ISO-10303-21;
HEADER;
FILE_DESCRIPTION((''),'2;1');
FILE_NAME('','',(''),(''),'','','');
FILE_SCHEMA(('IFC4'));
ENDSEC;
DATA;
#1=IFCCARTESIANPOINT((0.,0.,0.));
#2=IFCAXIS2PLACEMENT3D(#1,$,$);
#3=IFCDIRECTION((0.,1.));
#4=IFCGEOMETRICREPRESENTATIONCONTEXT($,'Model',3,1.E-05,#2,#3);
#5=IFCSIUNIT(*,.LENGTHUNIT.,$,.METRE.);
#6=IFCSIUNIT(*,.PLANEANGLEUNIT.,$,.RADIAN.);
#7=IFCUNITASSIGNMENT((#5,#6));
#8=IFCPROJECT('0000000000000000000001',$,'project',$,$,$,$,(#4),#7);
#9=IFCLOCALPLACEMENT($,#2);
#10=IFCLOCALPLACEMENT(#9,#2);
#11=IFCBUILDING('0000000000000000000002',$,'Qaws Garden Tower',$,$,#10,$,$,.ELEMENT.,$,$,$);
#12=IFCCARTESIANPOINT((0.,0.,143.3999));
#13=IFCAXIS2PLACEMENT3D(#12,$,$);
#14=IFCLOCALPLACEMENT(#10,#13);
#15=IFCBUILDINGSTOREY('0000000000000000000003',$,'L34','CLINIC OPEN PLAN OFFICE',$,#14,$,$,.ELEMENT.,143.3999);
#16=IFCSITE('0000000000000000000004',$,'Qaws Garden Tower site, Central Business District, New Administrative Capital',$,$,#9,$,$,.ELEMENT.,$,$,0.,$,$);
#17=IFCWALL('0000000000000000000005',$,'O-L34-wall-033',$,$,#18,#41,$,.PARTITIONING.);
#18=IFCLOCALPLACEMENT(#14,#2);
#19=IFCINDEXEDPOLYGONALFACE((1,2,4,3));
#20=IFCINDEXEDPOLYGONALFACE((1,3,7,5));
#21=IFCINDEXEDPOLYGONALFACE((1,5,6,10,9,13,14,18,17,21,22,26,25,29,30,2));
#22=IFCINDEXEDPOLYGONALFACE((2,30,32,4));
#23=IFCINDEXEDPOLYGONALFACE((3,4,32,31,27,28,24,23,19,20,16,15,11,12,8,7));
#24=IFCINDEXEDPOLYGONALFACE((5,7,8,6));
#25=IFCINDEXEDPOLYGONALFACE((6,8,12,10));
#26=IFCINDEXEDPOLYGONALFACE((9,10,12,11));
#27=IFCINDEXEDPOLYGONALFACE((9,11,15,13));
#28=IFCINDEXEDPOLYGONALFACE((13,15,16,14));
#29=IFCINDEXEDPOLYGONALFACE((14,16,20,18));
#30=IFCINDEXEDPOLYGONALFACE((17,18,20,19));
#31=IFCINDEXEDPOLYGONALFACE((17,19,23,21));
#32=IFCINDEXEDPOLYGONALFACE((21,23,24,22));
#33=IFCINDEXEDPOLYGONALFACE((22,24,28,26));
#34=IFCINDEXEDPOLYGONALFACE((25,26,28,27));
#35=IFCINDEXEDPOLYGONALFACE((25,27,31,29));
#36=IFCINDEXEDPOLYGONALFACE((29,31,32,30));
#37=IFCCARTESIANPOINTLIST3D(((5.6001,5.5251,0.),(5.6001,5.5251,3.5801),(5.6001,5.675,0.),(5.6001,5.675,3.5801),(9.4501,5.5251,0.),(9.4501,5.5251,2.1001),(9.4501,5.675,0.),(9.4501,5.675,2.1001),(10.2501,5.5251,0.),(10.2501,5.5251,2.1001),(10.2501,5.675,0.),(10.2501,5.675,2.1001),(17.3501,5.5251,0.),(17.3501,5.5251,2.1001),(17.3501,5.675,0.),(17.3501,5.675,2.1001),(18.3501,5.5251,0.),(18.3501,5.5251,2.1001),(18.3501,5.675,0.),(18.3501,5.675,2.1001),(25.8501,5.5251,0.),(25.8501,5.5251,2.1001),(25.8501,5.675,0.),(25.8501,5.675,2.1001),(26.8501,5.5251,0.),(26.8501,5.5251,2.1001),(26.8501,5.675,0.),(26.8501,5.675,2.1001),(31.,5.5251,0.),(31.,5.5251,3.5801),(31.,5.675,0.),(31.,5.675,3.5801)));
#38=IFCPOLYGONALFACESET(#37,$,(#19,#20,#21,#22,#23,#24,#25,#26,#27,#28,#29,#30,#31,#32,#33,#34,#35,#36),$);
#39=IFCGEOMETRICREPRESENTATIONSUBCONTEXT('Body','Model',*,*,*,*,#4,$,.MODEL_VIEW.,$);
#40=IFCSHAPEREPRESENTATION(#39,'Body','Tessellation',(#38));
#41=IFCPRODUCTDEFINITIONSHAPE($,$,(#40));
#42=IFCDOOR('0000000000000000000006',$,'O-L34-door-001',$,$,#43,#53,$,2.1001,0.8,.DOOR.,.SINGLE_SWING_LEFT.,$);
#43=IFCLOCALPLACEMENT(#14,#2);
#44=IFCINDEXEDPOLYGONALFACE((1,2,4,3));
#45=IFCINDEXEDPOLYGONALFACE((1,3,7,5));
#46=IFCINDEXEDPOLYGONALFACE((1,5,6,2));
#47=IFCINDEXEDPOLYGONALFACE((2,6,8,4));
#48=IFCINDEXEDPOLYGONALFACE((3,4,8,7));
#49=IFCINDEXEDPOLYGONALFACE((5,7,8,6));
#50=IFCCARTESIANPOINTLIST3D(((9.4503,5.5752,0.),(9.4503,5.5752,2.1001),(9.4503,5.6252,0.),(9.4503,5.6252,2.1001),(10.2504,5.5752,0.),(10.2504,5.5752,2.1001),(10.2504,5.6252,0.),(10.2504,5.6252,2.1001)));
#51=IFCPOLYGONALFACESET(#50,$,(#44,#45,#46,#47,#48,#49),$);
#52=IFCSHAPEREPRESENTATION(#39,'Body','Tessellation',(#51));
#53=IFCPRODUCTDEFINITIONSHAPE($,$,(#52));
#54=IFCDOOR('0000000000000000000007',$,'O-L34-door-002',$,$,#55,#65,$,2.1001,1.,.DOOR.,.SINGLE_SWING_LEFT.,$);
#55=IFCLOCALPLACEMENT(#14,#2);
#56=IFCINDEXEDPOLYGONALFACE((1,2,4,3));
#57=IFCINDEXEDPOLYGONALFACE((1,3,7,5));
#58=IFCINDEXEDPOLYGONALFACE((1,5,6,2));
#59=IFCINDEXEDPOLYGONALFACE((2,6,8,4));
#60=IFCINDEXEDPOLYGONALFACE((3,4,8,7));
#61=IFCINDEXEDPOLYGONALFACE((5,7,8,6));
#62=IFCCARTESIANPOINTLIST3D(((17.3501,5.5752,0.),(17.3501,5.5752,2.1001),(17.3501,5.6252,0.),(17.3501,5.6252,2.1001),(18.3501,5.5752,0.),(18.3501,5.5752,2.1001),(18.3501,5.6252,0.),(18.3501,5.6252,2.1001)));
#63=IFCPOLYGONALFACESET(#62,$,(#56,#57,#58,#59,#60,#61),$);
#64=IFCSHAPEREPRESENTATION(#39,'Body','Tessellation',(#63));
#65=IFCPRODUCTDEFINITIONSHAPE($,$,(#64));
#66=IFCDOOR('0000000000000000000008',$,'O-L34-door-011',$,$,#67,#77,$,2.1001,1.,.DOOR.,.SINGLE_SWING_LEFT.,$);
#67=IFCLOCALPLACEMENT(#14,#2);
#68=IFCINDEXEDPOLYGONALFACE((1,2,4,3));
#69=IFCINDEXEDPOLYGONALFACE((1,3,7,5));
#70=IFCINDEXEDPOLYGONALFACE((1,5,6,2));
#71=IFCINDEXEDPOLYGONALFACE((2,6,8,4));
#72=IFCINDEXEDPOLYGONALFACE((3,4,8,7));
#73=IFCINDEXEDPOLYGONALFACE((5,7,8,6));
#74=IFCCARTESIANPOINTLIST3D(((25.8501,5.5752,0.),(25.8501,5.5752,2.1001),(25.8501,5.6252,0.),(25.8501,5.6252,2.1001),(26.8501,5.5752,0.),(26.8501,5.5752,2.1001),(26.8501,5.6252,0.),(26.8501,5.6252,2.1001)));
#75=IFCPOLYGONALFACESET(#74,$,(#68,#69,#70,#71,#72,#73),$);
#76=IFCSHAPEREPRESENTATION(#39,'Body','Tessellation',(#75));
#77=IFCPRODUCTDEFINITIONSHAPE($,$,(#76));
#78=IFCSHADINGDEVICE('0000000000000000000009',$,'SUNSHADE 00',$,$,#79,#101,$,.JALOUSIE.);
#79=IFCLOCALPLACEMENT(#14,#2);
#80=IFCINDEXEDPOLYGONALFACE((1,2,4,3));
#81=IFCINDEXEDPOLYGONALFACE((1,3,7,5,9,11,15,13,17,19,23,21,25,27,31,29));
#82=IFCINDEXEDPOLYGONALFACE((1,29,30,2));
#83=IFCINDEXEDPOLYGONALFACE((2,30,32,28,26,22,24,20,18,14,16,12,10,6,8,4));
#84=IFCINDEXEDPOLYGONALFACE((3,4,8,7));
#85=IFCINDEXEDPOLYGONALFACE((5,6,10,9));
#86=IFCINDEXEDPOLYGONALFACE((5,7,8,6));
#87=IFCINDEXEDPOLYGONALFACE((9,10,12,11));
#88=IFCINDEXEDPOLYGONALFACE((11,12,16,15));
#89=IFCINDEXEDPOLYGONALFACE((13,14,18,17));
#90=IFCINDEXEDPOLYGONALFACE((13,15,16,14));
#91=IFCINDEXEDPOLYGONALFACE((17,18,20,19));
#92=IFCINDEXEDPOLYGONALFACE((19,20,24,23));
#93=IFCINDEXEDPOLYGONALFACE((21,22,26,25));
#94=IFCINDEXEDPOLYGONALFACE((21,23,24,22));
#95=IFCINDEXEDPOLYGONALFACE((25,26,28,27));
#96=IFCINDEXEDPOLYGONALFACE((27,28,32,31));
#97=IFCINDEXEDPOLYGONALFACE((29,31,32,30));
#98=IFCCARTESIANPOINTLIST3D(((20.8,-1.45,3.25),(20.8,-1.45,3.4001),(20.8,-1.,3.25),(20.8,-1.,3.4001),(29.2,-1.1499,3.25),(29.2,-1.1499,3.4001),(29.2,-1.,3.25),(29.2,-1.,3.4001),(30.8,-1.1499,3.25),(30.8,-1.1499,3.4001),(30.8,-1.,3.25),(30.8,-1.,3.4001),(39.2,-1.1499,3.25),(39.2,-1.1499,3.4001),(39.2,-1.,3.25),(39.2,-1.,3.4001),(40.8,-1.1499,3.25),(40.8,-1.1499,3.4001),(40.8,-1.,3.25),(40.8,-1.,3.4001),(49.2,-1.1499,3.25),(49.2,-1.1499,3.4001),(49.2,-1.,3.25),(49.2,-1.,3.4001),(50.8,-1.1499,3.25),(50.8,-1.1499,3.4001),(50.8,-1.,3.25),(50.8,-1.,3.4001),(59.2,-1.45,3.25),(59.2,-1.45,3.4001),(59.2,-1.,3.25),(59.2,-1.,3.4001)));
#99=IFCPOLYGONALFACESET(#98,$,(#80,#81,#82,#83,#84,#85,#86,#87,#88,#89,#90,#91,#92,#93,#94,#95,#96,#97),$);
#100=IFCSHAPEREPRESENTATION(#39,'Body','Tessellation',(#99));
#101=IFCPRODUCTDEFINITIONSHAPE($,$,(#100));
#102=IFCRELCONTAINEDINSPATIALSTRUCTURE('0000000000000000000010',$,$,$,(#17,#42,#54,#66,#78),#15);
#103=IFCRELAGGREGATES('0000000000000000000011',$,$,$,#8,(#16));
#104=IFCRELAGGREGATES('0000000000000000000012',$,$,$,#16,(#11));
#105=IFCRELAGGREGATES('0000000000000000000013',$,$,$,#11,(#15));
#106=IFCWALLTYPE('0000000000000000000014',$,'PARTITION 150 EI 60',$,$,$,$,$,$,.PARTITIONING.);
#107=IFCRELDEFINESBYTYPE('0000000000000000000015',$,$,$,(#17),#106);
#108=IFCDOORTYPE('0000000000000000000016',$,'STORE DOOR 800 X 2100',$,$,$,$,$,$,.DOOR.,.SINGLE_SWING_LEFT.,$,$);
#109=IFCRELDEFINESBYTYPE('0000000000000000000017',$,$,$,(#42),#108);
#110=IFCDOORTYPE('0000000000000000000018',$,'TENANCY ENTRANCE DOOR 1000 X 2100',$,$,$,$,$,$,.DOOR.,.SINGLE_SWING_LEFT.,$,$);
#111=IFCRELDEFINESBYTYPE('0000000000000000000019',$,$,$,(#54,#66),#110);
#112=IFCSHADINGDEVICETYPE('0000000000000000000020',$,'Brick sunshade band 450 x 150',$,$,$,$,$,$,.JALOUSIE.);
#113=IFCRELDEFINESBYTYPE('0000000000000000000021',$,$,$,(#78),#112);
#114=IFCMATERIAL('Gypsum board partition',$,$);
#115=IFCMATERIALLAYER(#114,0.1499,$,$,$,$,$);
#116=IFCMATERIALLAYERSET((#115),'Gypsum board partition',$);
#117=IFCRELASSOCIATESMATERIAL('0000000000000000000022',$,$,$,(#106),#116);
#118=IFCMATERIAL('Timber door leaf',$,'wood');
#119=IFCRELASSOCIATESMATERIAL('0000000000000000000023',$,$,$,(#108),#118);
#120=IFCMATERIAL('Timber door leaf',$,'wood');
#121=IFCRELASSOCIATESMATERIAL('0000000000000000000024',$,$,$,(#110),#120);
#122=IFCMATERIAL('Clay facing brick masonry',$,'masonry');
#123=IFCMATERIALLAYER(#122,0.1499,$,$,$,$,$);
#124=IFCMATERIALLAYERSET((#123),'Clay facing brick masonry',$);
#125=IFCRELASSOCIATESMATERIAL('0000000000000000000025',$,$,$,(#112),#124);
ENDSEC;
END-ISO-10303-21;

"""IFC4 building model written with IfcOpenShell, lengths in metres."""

from ifc_helpers import new_model, si_unit, direction, frame, frame_2d, origin, place, context, subcontext, project, spatial, polyline, rectangle, outline, extrude, material, layer, layer_set, type_object, element, fill, save


model = new_model("IFC4")

# Units and contexts
model_context = context("Model", 3, precision=1e-05, world=origin(), true_north=direction((0.0, 1.0)))
body_context = subcontext(model_context, "Body", "Model", "MODEL_VIEW")
ifc_project = project(units=[si_unit("LENGTHUNIT", "METRE"), si_unit("PLANEANGLEUNIT", "RADIAN")], contexts=[model_context])

# Site, building, storey
site_placement = place(None, origin())
site = spatial("IfcSite", under=ifc_project, at=site_placement, Name="Qaws Garden Tower site, Central Business District, New Administrative Capital", CompositionType="ELEMENT", RefElevation=0.0)
building_placement = place(site_placement, origin())
building = spatial("IfcBuilding", under=site, at=building_placement, Name="Qaws Garden Tower", CompositionType="ELEMENT")
storey_placement = place(building_placement, frame((0.0, 0.0, 143.3999)))
storey = spatial("IfcBuildingStorey", under=building, at=storey_placement, Name="L34", Description="CLINIC OPEN PLAN OFFICE", CompositionType="ELEMENT", Elevation=143.3999)

# Shared definitions
ifc_material_1 = material(Name="Gypsum board partition")
ifc_layer_1 = layer(ifc_material_1, 0.1499)
ifc_layer_set_1 = layer_set([ifc_layer_1], Name="Gypsum board partition")
wall_type_1 = type_object("IfcWallType", Name="PARTITION 150 EI 60", PredefinedType="PARTITIONING", material=ifc_layer_set_1)

# Wall, openings, doors
wall_1_placement = place(storey_placement, frame((5.6001, 5.6001, 0.0), z_axis=(0.0, 0.0, 1.0), x_axis=(1.0, 0.0, 0.0)))
wall_1 = element("IfcWall", 1, at=wall_1_placement, inside=storey, type_object=wall_type_1, Name="O-L34-wall-033", PredefinedType="PARTITIONING", context=body_context, shape_type="SweptSolid", body=[
    extrude(rectangle(XDim=25.3999, YDim=0.1499, at=frame_2d((12.7, 0.0))), origin(), (0.0, 0.0, 1.0), 3.5801),
])
opening_1_placement = place(wall_1_placement, frame((3.8501, 0.0, 0.0)))
opening_1 = element("IfcOpeningElement", 2, at=opening_1_placement, cuts=wall_1, PredefinedType="OPENING", context=body_context, shape_type="SweptSolid", body=[
    extrude(rectangle(XDim=0.8, YDim=2.1001, at=frame_2d((0.3999, 1.05))), frame((0.0, 0.085, 0.0), z_axis=(0.0, -1.0, 0.0), x_axis=(1.0, 0.0, 0.0)), (0.0, 0.0, 1.0), 0.1699),
])
opening_2_placement = place(wall_1_placement, frame((11.75, 0.0, 0.0)))
opening_2 = element("IfcOpeningElement", 3, at=opening_2_placement, cuts=wall_1, PredefinedType="OPENING", context=body_context, shape_type="SweptSolid", body=[
    extrude(rectangle(XDim=1.0, YDim=2.1001, at=frame_2d((0.5, 1.05))), frame((0.0, 0.085, 0.0), z_axis=(0.0, -1.0, 0.0), x_axis=(1.0, 0.0, 0.0)), (0.0, 0.0, 1.0), 0.1699),
])
opening_3_placement = place(wall_1_placement, frame((20.25, 0.0, 0.0)))
opening_3 = element("IfcOpeningElement", 4, at=opening_3_placement, cuts=wall_1, PredefinedType="OPENING", context=body_context, shape_type="SweptSolid", body=[
    extrude(rectangle(XDim=1.0, YDim=2.1001, at=frame_2d((0.5, 1.05))), frame((0.0, 0.085, 0.0), z_axis=(0.0, -1.0, 0.0), x_axis=(1.0, 0.0, 0.0)), (0.0, 0.0, 1.0), 0.1699),
])
ifc_material_2 = material(Name="Timber door leaf", Category="wood")
door_type_1 = type_object("IfcDoorType", Name="STORE DOOR 800 X 2100", OperationType="SINGLE_SWING_LEFT", PredefinedType="DOOR", material=ifc_material_2)
door_1_placement = place(opening_1_placement, frame((0.8, 0.0, 0.0), z_axis=(0.0, 0.0, 1.0), x_axis=(-1.0, 0.0, 0.0)))
door_1 = element("IfcDoor", 5, at=door_1_placement, inside=storey, type_object=door_type_1, Name="O-L34-door-001", OperationType="SINGLE_SWING_LEFT", OverallHeight=2.1001, OverallWidth=0.8, PredefinedType="DOOR", context=body_context, shape_type="SweptSolid", body=[
    extrude(rectangle(XDim=0.8, YDim=2.1001, at=frame_2d((0.3999, 1.05))), frame((0.0, 0.0249, 0.0), z_axis=(0.0, -1.0, 0.0), x_axis=(1.0, 0.0, 0.0)), (0.0, 0.0, 1.0), 0.05),
])
fill(opening_1, door_1)
ifc_material_3 = material(Name="Timber door leaf", Category="wood")
door_type_2 = type_object("IfcDoorType", Name="TENANCY ENTRANCE DOOR 1000 X 2100", OperationType="SINGLE_SWING_LEFT", PredefinedType="DOOR", material=ifc_material_3)
door_2_placement = place(opening_2_placement, frame((1.0, 0.0, 0.0), z_axis=(0.0, 0.0, 1.0), x_axis=(-1.0, 0.0, 0.0)))
door_2 = element("IfcDoor", 6, at=door_2_placement, inside=storey, type_object=door_type_2, Name="O-L34-door-002", OperationType="SINGLE_SWING_LEFT", OverallHeight=2.1001, OverallWidth=1.0, PredefinedType="DOOR", context=body_context, shape_type="SweptSolid", body=[
    extrude(rectangle(XDim=1.0, YDim=2.1001, at=frame_2d((0.5, 1.05))), frame((0.0, 0.0249, 0.0), z_axis=(0.0, -1.0, 0.0), x_axis=(1.0, 0.0, 0.0)), (0.0, 0.0, 1.0), 0.05),
])
fill(opening_2, door_2)
door_3_placement = place(opening_3_placement, frame((1.0, 0.0, 0.0), z_axis=(0.0, 0.0, 1.0), x_axis=(-1.0, 0.0, 0.0)))
door_3 = element("IfcDoor", 7, at=door_3_placement, inside=storey, type_object=door_type_2, Name="O-L34-door-011", OperationType="SINGLE_SWING_LEFT", OverallHeight=2.1001, OverallWidth=1.0, PredefinedType="DOOR", context=body_context, shape_type="SweptSolid", body=[
    extrude(rectangle(XDim=1.0, YDim=2.1001, at=frame_2d((0.5, 1.05))), frame((0.0, 0.0249, 0.0), z_axis=(0.0, -1.0, 0.0), x_axis=(1.0, 0.0, 0.0)), (0.0, 0.0, 1.0), 0.05),
])
fill(opening_3, door_3)

# Shading device
ifc_material_4 = material(Name="Clay facing brick masonry", Category="masonry")
ifc_layer_2 = layer(ifc_material_4, 0.1499)
ifc_layer_set_2 = layer_set([ifc_layer_2], Name="Clay facing brick masonry")
shading_device_type = type_object("IfcShadingDeviceType", Name="Brick sunshade band 450 x 150", PredefinedType="JALOUSIE", material=ifc_layer_set_2)
shading_device_placement = place(storey_placement, frame((0.0, 0.0, 3.25)))
element("IfcShadingDevice", 8, at=shading_device_placement, inside=storey, type_object=shading_device_type, Name="SUNSHADE 00", PredefinedType="JALOUSIE", context=body_context, shape_type="SweptSolid", body=[
    extrude(outline(polyline([(20.8, -1.0), (20.8, -1.45), (59.2, -1.45), (59.2, -1.0), (50.8, -1.0), (50.8, -1.1499), (49.2, -1.1499), (49.2, -1.0), (40.8, -1.0), (40.8, -1.1499), (39.2, -1.1499), (39.2, -1.0), (30.8, -1.0), (30.8, -1.1499), (29.2, -1.1499), (29.2, -1.0), (20.8, -1.0)])), origin(), (0.0, 0.0, 1.0), 0.1501),
])

save(model, "model.ifc")
